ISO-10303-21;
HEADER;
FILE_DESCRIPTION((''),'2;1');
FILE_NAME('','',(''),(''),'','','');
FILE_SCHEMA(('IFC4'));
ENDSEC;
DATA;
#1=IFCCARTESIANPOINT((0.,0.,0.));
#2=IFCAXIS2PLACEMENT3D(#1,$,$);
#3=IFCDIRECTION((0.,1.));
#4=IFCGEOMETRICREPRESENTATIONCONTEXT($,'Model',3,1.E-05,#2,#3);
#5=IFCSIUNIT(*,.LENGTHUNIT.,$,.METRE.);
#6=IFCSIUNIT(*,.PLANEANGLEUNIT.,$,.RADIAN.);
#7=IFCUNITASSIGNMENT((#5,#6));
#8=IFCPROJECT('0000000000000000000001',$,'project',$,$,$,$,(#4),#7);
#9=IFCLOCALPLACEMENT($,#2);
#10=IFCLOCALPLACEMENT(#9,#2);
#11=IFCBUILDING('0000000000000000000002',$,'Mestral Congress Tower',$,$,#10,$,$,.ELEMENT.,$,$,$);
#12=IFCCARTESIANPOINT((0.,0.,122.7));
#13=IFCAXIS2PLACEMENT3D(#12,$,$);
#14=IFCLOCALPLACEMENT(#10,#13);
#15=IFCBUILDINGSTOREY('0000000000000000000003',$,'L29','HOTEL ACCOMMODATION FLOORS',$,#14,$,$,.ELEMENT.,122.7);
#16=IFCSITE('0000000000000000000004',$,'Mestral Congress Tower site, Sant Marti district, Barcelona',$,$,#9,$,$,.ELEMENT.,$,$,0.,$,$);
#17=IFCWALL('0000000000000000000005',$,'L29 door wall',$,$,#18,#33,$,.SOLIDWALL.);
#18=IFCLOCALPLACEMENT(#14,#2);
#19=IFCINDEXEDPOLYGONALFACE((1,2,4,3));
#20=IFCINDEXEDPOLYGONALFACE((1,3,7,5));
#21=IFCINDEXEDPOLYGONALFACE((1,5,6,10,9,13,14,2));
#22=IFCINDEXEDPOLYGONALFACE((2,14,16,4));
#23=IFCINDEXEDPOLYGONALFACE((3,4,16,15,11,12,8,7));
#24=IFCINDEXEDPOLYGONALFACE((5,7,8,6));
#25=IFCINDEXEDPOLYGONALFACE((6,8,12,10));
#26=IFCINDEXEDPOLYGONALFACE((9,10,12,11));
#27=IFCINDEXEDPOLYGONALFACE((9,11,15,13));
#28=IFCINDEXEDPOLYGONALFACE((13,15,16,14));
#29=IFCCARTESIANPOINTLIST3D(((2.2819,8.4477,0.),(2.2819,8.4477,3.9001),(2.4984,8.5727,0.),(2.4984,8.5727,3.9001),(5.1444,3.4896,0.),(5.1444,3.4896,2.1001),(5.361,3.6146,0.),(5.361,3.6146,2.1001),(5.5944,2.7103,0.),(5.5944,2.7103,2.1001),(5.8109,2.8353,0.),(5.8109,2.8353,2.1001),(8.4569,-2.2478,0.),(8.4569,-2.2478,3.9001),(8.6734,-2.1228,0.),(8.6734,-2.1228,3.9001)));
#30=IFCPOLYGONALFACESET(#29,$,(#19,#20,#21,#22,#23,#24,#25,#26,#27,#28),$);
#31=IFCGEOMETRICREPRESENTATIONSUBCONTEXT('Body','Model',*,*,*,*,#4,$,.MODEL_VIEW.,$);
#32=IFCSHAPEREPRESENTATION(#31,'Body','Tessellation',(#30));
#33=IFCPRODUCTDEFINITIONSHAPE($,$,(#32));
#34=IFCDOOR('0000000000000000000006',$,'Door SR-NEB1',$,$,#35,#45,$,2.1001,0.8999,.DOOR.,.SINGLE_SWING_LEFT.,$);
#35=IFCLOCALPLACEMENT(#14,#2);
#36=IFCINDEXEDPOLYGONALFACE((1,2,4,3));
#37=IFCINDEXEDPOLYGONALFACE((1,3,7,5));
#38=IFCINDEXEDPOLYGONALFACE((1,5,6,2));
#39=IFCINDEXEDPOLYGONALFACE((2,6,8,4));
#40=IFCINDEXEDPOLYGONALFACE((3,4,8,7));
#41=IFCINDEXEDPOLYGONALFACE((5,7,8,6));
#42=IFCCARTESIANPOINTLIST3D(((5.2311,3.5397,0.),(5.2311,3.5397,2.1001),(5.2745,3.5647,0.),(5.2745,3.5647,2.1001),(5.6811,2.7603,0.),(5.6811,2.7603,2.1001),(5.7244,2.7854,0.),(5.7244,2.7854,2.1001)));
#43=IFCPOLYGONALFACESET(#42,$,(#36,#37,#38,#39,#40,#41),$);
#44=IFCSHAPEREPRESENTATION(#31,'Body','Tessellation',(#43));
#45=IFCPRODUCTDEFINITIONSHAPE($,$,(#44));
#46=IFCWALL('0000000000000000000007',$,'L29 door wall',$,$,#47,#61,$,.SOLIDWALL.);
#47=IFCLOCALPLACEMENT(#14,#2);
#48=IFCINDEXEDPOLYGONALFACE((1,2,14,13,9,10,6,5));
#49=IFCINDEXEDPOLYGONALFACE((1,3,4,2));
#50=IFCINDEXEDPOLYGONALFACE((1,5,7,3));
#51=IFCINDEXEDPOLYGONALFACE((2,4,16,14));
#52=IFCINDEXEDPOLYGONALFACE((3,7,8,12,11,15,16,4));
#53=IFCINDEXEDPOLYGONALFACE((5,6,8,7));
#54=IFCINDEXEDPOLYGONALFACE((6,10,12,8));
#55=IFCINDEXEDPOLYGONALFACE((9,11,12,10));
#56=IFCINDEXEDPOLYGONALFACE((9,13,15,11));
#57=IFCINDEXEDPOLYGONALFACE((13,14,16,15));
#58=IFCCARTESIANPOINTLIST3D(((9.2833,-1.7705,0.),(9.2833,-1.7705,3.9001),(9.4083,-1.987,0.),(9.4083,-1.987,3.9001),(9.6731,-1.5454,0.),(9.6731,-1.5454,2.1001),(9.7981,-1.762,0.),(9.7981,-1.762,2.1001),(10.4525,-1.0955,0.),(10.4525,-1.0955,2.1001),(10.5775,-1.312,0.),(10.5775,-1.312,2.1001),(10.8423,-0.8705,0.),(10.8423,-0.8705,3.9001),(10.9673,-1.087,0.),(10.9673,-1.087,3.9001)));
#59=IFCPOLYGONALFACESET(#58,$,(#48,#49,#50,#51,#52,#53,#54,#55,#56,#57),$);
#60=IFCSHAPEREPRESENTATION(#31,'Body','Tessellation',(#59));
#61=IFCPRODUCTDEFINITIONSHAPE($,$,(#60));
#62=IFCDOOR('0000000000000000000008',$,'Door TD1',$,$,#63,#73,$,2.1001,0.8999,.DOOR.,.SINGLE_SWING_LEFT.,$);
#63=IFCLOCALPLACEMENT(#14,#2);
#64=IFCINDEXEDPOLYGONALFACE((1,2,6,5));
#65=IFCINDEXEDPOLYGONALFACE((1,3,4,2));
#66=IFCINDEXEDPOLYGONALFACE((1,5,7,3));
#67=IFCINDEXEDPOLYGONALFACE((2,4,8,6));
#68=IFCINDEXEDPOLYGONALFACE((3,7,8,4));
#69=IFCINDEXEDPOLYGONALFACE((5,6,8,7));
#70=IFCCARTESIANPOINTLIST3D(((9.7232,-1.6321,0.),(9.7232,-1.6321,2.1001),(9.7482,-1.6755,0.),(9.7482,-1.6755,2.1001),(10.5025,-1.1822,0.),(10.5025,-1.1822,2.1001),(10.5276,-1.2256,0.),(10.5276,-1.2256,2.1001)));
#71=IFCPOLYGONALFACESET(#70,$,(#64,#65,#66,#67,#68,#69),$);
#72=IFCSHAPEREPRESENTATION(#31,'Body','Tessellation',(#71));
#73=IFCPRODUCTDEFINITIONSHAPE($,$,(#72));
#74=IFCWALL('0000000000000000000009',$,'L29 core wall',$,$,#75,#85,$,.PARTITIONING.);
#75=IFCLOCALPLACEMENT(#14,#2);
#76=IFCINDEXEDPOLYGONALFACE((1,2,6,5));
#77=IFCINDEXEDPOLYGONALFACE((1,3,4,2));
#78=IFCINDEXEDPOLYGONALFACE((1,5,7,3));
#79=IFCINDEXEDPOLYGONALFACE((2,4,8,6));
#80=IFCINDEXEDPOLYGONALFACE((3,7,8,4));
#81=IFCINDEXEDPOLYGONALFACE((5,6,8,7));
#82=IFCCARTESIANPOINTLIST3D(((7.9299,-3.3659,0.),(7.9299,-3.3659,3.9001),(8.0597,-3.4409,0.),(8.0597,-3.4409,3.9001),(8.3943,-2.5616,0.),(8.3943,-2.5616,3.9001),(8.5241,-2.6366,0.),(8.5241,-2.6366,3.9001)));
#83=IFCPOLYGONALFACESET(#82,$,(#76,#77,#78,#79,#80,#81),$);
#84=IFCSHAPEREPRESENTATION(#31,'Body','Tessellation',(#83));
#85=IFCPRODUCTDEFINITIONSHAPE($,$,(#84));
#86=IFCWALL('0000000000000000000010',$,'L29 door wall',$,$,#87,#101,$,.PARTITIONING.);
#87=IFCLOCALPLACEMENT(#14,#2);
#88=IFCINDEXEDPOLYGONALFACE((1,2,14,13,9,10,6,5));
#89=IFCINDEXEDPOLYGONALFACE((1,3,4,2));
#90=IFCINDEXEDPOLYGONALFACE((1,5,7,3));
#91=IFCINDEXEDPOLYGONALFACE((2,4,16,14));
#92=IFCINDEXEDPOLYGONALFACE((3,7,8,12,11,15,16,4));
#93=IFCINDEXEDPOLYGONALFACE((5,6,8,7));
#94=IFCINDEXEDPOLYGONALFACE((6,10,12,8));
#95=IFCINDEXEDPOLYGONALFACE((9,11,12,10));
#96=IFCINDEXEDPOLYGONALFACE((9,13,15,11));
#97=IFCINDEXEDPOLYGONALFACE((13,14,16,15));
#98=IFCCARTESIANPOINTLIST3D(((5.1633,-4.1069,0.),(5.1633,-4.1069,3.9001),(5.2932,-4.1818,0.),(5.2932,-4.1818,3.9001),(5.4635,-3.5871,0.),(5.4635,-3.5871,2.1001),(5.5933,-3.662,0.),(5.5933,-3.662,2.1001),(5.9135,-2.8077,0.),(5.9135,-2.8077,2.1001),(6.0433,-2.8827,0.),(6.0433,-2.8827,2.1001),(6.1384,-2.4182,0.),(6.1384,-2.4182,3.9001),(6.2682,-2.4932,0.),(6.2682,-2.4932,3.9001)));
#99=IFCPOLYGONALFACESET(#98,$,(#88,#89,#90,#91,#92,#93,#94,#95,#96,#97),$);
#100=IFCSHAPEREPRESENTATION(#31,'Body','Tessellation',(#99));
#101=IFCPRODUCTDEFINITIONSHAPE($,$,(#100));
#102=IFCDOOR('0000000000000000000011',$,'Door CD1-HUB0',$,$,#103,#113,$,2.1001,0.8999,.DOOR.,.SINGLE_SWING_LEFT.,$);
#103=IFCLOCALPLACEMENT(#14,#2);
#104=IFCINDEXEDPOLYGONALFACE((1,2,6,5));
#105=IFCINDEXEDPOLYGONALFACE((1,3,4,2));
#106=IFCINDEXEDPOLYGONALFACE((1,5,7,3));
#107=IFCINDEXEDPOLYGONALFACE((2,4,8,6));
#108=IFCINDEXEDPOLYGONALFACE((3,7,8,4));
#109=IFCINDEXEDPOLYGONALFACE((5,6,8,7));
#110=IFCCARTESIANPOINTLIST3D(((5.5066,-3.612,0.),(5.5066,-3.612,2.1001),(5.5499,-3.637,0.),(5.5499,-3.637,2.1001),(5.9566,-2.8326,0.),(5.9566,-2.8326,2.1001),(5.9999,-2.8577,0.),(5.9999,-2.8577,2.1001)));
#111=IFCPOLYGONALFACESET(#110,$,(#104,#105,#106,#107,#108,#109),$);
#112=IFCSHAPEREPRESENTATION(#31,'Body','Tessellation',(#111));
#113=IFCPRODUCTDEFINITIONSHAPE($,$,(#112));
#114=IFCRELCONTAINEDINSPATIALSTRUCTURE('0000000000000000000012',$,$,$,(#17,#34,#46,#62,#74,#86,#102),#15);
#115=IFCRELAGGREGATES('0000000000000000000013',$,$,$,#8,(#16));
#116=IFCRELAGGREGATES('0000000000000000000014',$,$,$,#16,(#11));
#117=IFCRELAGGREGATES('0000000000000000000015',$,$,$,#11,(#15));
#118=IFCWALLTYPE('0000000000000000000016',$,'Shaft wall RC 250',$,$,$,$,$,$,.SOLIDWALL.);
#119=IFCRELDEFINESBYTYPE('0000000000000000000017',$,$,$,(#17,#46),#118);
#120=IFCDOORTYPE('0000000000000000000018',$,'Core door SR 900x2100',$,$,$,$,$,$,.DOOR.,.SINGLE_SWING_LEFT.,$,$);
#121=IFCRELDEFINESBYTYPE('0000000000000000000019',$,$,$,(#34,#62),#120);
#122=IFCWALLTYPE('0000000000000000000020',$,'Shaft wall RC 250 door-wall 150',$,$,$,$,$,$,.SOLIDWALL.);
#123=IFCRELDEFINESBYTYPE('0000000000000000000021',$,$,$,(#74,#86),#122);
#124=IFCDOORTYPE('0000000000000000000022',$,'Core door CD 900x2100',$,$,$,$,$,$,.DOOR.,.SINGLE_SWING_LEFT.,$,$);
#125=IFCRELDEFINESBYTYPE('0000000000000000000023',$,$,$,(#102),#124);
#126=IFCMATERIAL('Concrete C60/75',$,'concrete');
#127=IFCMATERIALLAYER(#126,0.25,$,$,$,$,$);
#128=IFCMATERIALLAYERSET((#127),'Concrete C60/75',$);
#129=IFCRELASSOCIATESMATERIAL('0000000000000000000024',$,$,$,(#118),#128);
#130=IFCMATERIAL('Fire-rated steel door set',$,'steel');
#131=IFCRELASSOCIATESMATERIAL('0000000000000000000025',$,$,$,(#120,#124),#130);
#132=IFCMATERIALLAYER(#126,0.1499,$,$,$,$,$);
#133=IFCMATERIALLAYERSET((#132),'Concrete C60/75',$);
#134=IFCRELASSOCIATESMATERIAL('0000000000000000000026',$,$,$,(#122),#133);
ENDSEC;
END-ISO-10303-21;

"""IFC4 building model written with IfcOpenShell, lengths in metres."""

from ifc_helpers import new_model, si_unit, direction, frame, frame_2d, origin, place, context, subcontext, project, spatial, rectangle, extrude, material, layer, layer_set, type_object, element, fill, save


model = new_model("IFC4")

# Units and contexts
model_context = context("Model", 3, precision=1e-05, world=origin(), true_north=direction((0.0, 1.0)))
body_context = subcontext(model_context, "Body", "Model", "MODEL_VIEW")
ifc_project = project(units=[si_unit("LENGTHUNIT", "METRE"), si_unit("PLANEANGLEUNIT", "RADIAN")], contexts=[model_context])

# Site, building, storey
site_placement = place(None, origin())
site = spatial("IfcSite", under=ifc_project, at=site_placement, Name="Mestral Congress Tower site, Sant Marti district, Barcelona", CompositionType="ELEMENT", RefElevation=0.0)
building_placement = place(site_placement, origin())
building = spatial("IfcBuilding", under=site, at=building_placement, Name="Mestral Congress Tower", CompositionType="ELEMENT")
storey_placement = place(building_placement, frame((0.0, 0.0, 122.7)))
storey = spatial("IfcBuildingStorey", under=building, at=storey_placement, Name="L29", Description="HOTEL ACCOMMODATION FLOORS", CompositionType="ELEMENT", Elevation=122.7)

# Shared definitions
ifc_material_1 = material(Name="Concrete C60/75", Category="concrete")
ifc_layer_1 = layer(ifc_material_1, 0.25)
ifc_layer_set_1 = layer_set([ifc_layer_1], Name="Concrete C60/75")
wall_type_1 = type_object("IfcWallType", Name="Shaft wall RC 250", PredefinedType="SOLIDWALL", material=ifc_layer_set_1)

# Shared definitions
ifc_material_2 = material(Name="Fire-rated steel door set", Category="steel")

# Walls, openings, doors
wall_1_placement = place(storey_placement, frame((8.5652, -2.1853, 0.0), z_axis=(0.0, 0.0, 1.0), x_axis=(-0.499998, 0.866027, 0.0)))
wall_1 = element("IfcWall", 1, at=wall_1_placement, inside=storey, type_object=wall_type_1, Name="L29 door wall", PredefinedType="SOLIDWALL", context=body_context, shape_type="SweptSolid", body=[
    extrude(rectangle(XDim=12.3501, YDim=0.25, at=frame_2d((6.175, 0.0))), origin(), (0.0, 0.0, 1.0), 3.9001),
])
opening_1_placement = place(wall_1_placement, frame((5.7251, 0.0, 0.0)))
opening_1 = element("IfcOpeningElement", 2, at=opening_1_placement, cuts=wall_1, PredefinedType="OPENING", context=body_context, shape_type="SweptSolid", body=[
    extrude(rectangle(XDim=0.8999, YDim=2.1001, at=frame_2d((0.45, 1.05))), frame((0.0, 0.135, 0.0), z_axis=(0.0, -1.0, 0.0), x_axis=(1.0, 0.0, 0.0)), (0.0, 0.0, 1.0), 0.27),
])
door_type_1 = type_object("IfcDoorType", Name="Core door SR 900x2100", OperationType="SINGLE_SWING_LEFT", PredefinedType="DOOR", material=ifc_material_2)
door_1_placement = place(opening_1_placement, origin())
door_1 = element("IfcDoor", 3, at=door_1_placement, inside=storey, type_object=door_type_1, Name="Door SR-NEB1", OperationType="SINGLE_SWING_LEFT", OverallHeight=2.1001, OverallWidth=0.8999, PredefinedType="DOOR", context=body_context, shape_type="SweptSolid", body=[
    extrude(rectangle(XDim=0.8999, YDim=2.1001, at=frame_2d((0.45, 1.05))), frame((0.0, 0.0249, 0.0), z_axis=(0.0, -1.0, 0.0), x_axis=(1.0, 0.0, 0.0)), (0.0, 0.0, 1.0), 0.05),
])
fill(opening_1, door_1)
wall_2_placement = place(storey_placement, frame((9.3459, -1.8787, 0.0), z_axis=(0.0, 0.0, 1.0), x_axis=(0.866048, 0.499961, 0.0)))
wall_2 = element("IfcWall", 4, at=wall_2_placement, inside=storey, type_object=wall_type_1, Name="L29 door wall", PredefinedType="SOLIDWALL", context=body_context, shape_type="SweptSolid", body=[
    extrude(rectangle(XDim=1.8, YDim=0.25, at=frame_2d((0.8999, 0.0))), origin(), (0.0, 0.0, 1.0), 3.9001),
])
opening_2_placement = place(wall_2_placement, frame((0.45, 0.0, 0.0)))
opening_2 = element("IfcOpeningElement", 5, at=opening_2_placement, cuts=wall_2, PredefinedType="OPENING", context=body_context, shape_type="SweptSolid", body=[
    extrude(rectangle(XDim=0.8999, YDim=2.1001, at=frame_2d((0.45, 1.05))), frame((0.0, 0.135, 0.0), z_axis=(0.0, -1.0, 0.0), x_axis=(1.0, 0.0, 0.0)), (0.0, 0.0, 1.0), 0.27),
])
door_2_placement = place(opening_2_placement, origin())
door_2 = element("IfcDoor", 6, at=door_2_placement, inside=storey, type_object=door_type_1, Name="Door TD1", OperationType="SINGLE_SWING_LEFT", OverallHeight=2.1001, OverallWidth=0.8999, PredefinedType="DOOR", context=body_context, shape_type="SweptSolid", body=[
    extrude(rectangle(XDim=0.8999, YDim=2.1001, at=frame_2d((0.45, 1.05))), frame((0.0, 0.0249, 0.0), z_axis=(0.0, -1.0, 0.0), x_axis=(1.0, 0.0, 0.0)), (0.0, 0.0, 1.0), 0.05),
])
fill(opening_2, door_2)

# Wall
ifc_layer_2 = layer(ifc_material_1, 0.1499)
ifc_layer_set_2 = layer_set([ifc_layer_2], Name="Concrete C60/75")
wall_type_2 = type_object("IfcWallType", Name="Shaft wall RC 250 door-wall 150", PredefinedType="SOLIDWALL", material=ifc_layer_set_2)
wall_3_placement = place(storey_placement, frame((8.4592, -2.5991, 0.0), z_axis=(0.0, 0.0, 1.0), x_axis=(-0.500041, -0.866002, 0.0)))
element("IfcWall", 7, at=wall_3_placement, inside=storey, type_object=wall_type_2, Name="L29 core wall", PredefinedType="PARTITIONING", context=body_context, shape_type="SweptSolid", body=[
    extrude(rectangle(XDim=0.9287, YDim=0.1499, at=frame_2d((0.4644, 0.0))), origin(), (0.0, 0.0, 1.0), 3.9001),
])

# Wall, opening, door
wall_4_placement = place(storey_placement, frame((6.2034, -2.4556, 0.0), z_axis=(0.0, 0.0, 1.0), x_axis=(-0.500044, -0.866, 0.0)))
wall_4 = element("IfcWall", 8, at=wall_4_placement, inside=storey, type_object=wall_type_2, Name="L29 door wall", PredefinedType="PARTITIONING", context=body_context, shape_type="SweptSolid", body=[
    extrude(rectangle(XDim=1.95, YDim=0.1499, at=frame_2d((0.9751, 0.0))), origin(), (0.0, 0.0, 1.0), 3.9001),
])
opening_3_placement = place(wall_4_placement, frame((0.45, 0.0, 0.0)))
opening_3 = element("IfcOpeningElement", 9, at=opening_3_placement, cuts=wall_4, PredefinedType="OPENING", context=body_context, shape_type="SweptSolid", body=[
    extrude(rectangle(XDim=0.8999, YDim=2.1001, at=frame_2d((0.45, 1.05))), frame((0.0, 0.085, 0.0), z_axis=(0.0, -1.0, 0.0), x_axis=(1.0, 0.0, 0.0)), (0.0, 0.0, 1.0), 0.1699),
])
door_type_2 = type_object("IfcDoorType", Name="Core door CD 900x2100", OperationType="SINGLE_SWING_LEFT", PredefinedType="DOOR", material=ifc_material_2)
door_3_placement = place(opening_3_placement, origin())
door_3 = element("IfcDoor", 10, at=door_3_placement, inside=storey, type_object=door_type_2, Name="Door CD1-HUB0", OperationType="SINGLE_SWING_LEFT", OverallHeight=2.1001, OverallWidth=0.8999, PredefinedType="DOOR", context=body_context, shape_type="SweptSolid", body=[
    extrude(rectangle(XDim=0.8999, YDim=2.1001, at=frame_2d((0.45, 1.05))), frame((0.0, 0.0249, 0.0), z_axis=(0.0, -1.0, 0.0), x_axis=(1.0, 0.0, 0.0)), (0.0, 0.0, 1.0), 0.05),
])
fill(opening_3, door_3)

save(model, "model.ifc")
